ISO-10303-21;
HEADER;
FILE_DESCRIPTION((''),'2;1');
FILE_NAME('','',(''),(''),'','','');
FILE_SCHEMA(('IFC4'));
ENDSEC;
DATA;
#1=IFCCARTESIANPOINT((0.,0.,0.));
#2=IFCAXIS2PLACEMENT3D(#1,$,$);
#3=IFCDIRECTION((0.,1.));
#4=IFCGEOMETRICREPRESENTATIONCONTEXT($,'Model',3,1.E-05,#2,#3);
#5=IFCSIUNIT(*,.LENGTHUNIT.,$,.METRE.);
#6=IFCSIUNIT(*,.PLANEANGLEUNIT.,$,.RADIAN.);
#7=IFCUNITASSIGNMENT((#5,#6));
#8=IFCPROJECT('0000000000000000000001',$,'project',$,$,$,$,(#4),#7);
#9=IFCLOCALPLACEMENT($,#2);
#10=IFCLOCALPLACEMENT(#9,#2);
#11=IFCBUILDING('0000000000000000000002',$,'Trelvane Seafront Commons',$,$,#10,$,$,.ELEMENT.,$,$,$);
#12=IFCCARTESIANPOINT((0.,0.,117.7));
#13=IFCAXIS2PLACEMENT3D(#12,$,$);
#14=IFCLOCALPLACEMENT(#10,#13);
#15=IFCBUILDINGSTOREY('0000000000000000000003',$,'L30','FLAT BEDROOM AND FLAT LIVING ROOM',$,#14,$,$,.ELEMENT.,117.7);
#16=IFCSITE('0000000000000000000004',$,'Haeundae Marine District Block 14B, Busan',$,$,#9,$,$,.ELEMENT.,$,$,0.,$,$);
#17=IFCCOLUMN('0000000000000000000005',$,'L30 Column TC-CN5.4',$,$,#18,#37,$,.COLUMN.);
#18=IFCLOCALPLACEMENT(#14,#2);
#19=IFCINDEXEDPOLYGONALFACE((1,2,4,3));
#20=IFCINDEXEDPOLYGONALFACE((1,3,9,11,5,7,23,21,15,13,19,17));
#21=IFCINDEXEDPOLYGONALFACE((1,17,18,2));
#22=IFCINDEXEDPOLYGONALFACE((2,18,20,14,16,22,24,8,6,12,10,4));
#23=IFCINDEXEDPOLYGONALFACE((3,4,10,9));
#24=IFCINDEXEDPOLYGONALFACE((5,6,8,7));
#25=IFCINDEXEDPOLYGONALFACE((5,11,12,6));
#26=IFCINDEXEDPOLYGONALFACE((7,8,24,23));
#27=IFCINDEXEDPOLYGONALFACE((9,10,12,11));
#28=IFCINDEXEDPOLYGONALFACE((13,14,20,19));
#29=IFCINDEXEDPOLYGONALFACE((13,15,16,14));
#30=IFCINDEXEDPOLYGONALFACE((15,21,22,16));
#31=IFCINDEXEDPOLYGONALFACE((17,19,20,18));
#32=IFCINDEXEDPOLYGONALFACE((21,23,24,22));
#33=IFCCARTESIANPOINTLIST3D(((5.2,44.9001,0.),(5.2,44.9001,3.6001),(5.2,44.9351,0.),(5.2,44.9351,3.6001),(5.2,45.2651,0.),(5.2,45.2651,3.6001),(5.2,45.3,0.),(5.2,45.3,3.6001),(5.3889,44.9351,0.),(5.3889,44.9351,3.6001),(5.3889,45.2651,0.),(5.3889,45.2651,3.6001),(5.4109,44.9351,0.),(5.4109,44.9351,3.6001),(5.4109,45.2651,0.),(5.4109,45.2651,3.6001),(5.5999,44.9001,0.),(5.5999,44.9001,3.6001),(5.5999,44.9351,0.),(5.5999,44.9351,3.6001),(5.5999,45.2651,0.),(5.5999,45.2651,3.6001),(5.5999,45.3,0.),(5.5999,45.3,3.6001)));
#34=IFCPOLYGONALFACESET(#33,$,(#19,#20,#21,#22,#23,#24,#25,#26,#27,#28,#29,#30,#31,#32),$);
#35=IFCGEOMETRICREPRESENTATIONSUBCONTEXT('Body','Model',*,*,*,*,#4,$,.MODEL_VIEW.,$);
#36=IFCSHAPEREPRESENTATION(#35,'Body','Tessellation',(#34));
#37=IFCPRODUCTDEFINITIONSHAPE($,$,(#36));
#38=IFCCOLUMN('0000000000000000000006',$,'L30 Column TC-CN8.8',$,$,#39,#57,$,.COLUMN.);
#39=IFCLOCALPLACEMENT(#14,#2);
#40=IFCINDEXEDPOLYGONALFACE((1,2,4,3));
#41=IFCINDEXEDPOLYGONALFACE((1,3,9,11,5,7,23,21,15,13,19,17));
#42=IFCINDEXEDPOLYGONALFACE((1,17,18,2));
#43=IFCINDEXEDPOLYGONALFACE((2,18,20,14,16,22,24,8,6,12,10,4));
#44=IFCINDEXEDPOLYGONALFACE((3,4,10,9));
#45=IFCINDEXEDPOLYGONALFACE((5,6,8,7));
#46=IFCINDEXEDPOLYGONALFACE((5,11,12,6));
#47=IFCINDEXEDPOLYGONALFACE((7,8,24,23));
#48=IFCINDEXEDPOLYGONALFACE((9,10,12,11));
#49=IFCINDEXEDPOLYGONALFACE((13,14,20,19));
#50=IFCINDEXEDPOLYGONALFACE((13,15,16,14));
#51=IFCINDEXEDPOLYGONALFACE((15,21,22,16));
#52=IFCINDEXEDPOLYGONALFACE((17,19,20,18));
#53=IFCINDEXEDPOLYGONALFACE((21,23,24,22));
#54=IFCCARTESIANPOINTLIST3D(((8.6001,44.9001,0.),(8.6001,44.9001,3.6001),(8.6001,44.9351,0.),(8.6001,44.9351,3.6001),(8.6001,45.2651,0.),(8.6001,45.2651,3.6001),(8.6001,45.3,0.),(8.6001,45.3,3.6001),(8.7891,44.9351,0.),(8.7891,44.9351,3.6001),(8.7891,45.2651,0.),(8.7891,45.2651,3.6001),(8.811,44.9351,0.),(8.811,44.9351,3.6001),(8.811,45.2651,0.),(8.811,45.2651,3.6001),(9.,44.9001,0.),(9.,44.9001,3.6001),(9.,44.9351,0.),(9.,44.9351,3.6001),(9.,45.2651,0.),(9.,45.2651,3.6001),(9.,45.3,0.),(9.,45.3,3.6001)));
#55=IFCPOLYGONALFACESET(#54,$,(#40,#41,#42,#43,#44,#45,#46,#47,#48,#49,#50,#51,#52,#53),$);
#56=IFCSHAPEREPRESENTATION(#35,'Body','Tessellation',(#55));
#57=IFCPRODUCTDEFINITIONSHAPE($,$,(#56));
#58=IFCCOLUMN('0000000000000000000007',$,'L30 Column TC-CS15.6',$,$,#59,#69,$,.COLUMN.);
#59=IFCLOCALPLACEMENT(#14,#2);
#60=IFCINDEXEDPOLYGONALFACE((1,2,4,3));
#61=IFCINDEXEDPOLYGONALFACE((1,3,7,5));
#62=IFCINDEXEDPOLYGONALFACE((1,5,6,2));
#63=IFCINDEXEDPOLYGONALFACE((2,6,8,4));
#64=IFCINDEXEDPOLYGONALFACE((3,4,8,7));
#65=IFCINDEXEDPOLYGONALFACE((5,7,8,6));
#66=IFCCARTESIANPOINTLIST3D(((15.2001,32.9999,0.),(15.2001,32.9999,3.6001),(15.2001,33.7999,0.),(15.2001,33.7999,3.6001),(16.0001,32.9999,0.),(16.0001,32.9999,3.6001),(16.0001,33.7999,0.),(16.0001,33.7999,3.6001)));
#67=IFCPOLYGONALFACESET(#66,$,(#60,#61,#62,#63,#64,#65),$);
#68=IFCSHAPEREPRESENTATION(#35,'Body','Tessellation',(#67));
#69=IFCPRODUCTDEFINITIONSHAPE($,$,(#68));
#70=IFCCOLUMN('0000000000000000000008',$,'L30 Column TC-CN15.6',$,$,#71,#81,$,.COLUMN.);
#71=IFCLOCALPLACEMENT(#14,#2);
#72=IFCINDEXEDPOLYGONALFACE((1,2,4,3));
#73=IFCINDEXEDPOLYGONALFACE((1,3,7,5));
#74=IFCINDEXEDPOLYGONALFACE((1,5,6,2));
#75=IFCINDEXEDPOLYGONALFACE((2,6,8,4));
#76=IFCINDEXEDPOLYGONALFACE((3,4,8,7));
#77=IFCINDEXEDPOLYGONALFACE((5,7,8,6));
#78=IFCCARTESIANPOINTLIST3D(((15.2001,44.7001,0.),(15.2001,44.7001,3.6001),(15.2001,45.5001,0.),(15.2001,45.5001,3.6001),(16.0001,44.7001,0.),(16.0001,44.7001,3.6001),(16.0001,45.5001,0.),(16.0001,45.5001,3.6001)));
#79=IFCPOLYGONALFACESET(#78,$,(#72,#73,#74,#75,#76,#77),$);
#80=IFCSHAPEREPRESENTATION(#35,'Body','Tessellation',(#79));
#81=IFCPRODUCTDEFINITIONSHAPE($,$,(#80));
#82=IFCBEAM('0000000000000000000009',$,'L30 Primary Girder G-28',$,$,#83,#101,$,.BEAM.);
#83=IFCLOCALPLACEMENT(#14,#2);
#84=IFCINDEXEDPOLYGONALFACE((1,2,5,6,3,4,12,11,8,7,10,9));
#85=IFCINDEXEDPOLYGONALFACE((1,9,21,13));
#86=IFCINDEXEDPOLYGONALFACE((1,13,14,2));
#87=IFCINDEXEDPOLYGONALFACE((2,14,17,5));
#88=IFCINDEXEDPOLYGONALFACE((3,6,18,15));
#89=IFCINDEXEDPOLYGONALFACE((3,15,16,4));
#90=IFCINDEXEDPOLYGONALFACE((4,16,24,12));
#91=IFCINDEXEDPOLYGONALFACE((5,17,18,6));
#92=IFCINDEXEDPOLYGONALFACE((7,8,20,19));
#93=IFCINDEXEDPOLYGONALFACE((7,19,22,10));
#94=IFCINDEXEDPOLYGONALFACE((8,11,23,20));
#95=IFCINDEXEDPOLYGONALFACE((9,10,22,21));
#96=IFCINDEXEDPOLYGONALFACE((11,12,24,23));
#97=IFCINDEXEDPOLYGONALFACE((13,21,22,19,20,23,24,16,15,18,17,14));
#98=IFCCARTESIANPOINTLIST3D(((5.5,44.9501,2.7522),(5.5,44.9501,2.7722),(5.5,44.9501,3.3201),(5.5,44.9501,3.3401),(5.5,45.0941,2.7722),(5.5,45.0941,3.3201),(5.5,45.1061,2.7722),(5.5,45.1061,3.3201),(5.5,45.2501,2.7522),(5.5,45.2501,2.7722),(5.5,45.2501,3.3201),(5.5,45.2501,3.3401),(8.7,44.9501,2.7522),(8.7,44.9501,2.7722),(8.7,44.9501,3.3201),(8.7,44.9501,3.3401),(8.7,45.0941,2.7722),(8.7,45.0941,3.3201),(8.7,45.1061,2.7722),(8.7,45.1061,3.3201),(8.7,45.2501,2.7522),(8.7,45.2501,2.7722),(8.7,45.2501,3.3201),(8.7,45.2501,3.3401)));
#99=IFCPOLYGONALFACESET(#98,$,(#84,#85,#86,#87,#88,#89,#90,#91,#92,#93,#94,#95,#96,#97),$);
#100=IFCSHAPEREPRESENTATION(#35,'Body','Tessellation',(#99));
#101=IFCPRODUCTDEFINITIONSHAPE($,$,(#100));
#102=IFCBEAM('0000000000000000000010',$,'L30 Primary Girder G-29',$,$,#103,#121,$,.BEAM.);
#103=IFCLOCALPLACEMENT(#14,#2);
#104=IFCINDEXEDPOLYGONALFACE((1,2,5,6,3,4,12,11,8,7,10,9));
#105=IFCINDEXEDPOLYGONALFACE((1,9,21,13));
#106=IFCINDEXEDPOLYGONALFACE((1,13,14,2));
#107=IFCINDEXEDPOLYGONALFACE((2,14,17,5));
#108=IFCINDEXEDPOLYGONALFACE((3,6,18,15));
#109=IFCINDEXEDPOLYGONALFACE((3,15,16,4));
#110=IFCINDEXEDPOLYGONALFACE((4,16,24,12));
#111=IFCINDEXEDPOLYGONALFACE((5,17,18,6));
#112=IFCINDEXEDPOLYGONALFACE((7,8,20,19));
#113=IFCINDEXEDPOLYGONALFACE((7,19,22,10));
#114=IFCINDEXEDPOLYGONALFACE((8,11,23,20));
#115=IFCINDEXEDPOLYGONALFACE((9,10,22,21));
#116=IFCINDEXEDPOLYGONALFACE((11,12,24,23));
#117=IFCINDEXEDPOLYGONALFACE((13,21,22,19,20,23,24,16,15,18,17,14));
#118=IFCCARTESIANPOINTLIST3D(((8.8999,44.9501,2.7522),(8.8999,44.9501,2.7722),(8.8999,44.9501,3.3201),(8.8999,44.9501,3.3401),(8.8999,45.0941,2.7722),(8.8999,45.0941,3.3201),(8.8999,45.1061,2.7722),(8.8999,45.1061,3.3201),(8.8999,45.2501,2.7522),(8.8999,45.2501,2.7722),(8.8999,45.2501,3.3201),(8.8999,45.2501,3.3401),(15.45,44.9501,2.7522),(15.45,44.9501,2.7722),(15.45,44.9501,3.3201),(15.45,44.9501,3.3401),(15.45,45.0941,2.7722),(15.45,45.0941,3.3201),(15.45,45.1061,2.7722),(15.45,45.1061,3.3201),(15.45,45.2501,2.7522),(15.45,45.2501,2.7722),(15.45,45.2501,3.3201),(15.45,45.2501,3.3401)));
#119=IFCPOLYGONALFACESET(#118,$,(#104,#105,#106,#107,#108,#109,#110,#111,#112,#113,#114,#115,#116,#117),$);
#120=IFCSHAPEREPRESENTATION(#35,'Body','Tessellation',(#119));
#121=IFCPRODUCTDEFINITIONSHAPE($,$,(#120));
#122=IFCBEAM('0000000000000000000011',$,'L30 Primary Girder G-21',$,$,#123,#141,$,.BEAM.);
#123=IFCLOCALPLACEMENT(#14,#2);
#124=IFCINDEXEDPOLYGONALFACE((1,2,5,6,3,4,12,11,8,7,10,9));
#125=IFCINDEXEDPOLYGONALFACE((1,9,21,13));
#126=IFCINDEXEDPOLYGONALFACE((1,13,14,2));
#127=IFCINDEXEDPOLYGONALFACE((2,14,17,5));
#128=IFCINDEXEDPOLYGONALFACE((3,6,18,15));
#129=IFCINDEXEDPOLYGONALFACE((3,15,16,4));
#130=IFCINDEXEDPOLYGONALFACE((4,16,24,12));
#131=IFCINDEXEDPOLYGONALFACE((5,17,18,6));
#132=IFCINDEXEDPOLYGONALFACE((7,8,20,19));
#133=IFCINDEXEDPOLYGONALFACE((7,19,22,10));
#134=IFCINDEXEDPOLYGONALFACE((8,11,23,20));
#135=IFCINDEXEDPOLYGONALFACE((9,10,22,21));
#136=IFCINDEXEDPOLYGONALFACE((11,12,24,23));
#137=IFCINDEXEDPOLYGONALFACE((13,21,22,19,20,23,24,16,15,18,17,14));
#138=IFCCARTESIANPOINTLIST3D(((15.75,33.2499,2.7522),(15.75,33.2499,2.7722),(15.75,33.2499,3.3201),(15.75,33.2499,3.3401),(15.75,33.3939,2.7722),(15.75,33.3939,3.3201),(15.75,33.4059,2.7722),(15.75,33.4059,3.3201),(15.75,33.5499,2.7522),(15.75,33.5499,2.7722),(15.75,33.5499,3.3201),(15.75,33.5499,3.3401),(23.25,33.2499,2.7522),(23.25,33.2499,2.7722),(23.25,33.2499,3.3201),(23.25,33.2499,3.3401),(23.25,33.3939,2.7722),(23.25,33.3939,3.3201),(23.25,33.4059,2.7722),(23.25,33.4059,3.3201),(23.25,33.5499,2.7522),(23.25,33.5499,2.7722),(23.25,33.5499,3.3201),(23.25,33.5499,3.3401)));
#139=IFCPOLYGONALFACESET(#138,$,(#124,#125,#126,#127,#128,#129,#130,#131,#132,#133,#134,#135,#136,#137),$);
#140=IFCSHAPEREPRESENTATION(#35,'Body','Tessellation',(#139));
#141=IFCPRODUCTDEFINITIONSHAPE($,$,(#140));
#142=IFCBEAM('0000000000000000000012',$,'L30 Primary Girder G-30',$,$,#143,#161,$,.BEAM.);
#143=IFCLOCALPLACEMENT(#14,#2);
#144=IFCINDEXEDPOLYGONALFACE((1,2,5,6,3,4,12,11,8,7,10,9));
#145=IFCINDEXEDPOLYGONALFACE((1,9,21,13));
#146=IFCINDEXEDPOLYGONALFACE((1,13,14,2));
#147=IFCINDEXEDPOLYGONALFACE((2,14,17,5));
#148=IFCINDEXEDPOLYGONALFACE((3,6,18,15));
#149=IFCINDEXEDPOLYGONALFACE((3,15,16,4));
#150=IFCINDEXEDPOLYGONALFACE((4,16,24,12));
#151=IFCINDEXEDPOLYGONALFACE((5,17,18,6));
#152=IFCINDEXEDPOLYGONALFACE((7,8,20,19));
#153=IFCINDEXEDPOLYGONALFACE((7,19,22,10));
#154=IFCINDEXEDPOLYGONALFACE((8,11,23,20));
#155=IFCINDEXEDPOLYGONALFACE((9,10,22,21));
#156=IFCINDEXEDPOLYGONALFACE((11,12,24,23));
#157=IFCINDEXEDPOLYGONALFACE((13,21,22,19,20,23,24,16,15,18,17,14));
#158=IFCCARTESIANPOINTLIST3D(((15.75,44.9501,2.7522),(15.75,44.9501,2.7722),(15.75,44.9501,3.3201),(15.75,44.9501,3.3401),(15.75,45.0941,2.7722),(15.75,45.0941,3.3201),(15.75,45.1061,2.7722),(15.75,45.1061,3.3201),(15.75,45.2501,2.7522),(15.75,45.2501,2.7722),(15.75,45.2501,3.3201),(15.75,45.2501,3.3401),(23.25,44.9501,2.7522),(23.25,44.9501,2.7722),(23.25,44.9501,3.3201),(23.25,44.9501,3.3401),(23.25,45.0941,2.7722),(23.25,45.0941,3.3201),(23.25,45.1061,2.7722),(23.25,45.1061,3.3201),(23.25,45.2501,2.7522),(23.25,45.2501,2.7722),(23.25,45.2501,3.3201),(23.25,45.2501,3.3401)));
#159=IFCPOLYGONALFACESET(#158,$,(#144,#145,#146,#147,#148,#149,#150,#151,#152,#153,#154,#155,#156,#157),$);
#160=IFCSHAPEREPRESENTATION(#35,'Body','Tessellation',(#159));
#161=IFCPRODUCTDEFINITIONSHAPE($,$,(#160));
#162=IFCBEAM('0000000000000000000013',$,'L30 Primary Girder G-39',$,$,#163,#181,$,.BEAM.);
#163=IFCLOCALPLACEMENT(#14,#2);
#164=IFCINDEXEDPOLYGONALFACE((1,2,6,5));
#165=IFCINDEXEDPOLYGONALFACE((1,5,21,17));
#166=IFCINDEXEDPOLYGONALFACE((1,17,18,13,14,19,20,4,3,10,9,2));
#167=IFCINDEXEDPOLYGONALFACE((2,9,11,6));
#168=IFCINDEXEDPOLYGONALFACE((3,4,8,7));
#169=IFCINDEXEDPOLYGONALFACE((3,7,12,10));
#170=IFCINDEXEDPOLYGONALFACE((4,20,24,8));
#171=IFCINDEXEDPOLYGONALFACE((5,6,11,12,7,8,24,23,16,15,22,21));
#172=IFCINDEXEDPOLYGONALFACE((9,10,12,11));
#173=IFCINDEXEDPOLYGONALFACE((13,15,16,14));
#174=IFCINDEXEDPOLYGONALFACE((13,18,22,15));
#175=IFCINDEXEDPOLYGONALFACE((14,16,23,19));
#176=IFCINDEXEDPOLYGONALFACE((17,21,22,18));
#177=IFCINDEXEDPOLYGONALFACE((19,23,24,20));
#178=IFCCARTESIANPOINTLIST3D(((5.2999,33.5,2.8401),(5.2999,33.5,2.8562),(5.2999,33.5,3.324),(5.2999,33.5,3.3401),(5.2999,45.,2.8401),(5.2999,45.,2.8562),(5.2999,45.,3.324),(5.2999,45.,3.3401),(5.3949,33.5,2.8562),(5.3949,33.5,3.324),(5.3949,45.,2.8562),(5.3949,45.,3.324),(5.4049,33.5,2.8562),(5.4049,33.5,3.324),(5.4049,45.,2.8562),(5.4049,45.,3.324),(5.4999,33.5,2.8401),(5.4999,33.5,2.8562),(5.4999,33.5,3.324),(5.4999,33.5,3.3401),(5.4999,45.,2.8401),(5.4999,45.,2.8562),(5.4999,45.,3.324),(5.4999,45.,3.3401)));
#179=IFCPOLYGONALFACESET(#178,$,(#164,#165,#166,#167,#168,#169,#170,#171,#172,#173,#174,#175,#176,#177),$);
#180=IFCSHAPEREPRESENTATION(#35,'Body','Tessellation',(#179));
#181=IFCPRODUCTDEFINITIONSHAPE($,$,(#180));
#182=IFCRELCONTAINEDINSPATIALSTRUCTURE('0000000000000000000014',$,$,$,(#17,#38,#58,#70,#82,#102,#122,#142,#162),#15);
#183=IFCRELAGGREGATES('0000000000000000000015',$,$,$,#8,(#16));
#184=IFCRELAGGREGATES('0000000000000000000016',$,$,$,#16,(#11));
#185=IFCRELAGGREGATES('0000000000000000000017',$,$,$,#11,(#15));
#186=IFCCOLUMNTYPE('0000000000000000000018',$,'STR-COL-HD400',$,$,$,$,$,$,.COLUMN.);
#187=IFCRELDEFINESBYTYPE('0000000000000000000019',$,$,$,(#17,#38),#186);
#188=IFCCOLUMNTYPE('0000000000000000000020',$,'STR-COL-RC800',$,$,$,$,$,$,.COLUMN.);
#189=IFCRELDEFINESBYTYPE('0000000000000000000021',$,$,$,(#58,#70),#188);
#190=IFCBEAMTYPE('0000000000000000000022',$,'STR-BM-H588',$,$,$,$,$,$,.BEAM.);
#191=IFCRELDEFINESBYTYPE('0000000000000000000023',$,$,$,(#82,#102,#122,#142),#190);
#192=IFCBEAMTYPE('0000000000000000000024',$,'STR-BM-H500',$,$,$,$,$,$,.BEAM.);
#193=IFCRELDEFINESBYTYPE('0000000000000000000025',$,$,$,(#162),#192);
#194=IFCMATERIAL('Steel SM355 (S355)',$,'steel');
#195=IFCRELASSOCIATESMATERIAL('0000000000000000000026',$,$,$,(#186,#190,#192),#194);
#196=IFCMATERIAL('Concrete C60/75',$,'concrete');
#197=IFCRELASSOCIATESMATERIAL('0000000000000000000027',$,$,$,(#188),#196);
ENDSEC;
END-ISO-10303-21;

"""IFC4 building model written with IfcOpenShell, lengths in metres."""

from ifc_helpers import new_model, si_unit, direction, frame, origin, origin_2d, place, context, subcontext, project, spatial, rectangle, i_section, extrude, source, transform, mapped, material, material_profile, profile_set, type_object, element, save


model = new_model("IFC4")

# Units and contexts
model_context = context("Model", 3, precision=1e-05, world=origin(), true_north=direction((0.0, 1.0)))
body_context = subcontext(model_context, "Body", "Model", "MODEL_VIEW")
ifc_project = project(units=[si_unit("LENGTHUNIT", "METRE"), si_unit("PLANEANGLEUNIT", "RADIAN")], contexts=[model_context])

# Site, building, storey
site_placement = place(None, origin())
site = spatial("IfcSite", under=ifc_project, at=site_placement, Name="Haeundae Marine District Block 14B, Busan", CompositionType="ELEMENT", RefElevation=0.0)
building_placement = place(site_placement, origin())
building = spatial("IfcBuilding", under=site, at=building_placement, Name="Trelvane Seafront Commons", CompositionType="ELEMENT")
storey_placement = place(building_placement, frame((0.0, 0.0, 117.7)))
storey = spatial("IfcBuildingStorey", under=building, at=storey_placement, Name="L30", Description="FLAT BEDROOM AND FLAT LIVING ROOM", CompositionType="ELEMENT", Elevation=117.7)

# Columns
ifc_material_1 = material(Name="Steel SM355 (S355)", Category="steel")
ifc_material_profile_1 = material_profile(ifc_material_1, i_section(OverallWidth=0.3999, OverallDepth=0.3999, WebThickness=0.022, FlangeThickness=0.0349, at=origin_2d()), Name="HD-400x400x22x35")
ifc_profile_set_1 = profile_set([ifc_material_profile_1], Name="Steel SM355 (S355)")
column_type_1 = type_object("IfcColumnType", Name="STR-COL-HD400", PredefinedType="COLUMN", material=ifc_profile_set_1)
shared_shape_1 = source(origin(), body_context, "Body", "SweptSolid", [
    extrude(i_section(OverallWidth=0.3999, OverallDepth=0.3999, WebThickness=0.022, FlangeThickness=0.0349, at=origin_2d()), origin(), (0.0, 0.0, 1.0), 3.6001),
])
for number, where, z_axis, x_axis, name in (
    (1, (5.3999, 45.1001, 0.0), (0.0, 0.0, 1.0), (1.0, 0.0, 0.0), "L30 Column TC-CN5.4"),
    (2, (8.8, 45.1001, 0.0), (0.0, 0.0, 1.0), (1.0, 0.0, 0.0), "L30 Column TC-CN8.8"),
):
    element("IfcColumn", number, at=place(storey_placement, frame(where, z_axis=z_axis, x_axis=x_axis)), inside=storey, type_object=column_type_1, Name=name, PredefinedType="COLUMN", context=body_context, shape_type="MappedRepresentation", body=[
        mapped(shared_shape_1, transform((0.0, 0.0, 0.0), x_axis=(1.0, 0.0, 0.0), y_axis=(0.0, 1.0, 0.0), z_axis=(0.0, 0.0, 1.0), scale=1.0)),
    ])
ifc_material_2 = material(Name="Concrete C60/75", Category="concrete")
ifc_material_profile_2 = material_profile(ifc_material_2, rectangle(XDim=0.8, YDim=0.8, at=origin_2d()), Name="RC-800x800")
ifc_profile_set_2 = profile_set([ifc_material_profile_2], Name="Concrete C60/75")
column_type_2 = type_object("IfcColumnType", Name="STR-COL-RC800", PredefinedType="COLUMN", material=ifc_profile_set_2)
shared_shape_2 = source(origin(), body_context, "Body", "SweptSolid", [
    extrude(rectangle(XDim=0.8, YDim=0.8, at=origin_2d()), origin(), (0.0, 0.0, 1.0), 3.6001),
])
for number, where, z_axis, x_axis, name in (
    (3, (15.6001, 33.3999, 0.0), (0.0, 0.0, 1.0), (1.0, 0.0, 0.0), "L30 Column TC-CS15.6"),
    (4, (15.6001, 45.1001, 0.0), (0.0, 0.0, 1.0), (1.0, 0.0, 0.0), "L30 Column TC-CN15.6"),
):
    element("IfcColumn", number, at=place(storey_placement, frame(where, z_axis=z_axis, x_axis=x_axis)), inside=storey, type_object=column_type_2, Name=name, PredefinedType="COLUMN", context=body_context, shape_type="MappedRepresentation", body=[
        mapped(shared_shape_2, transform((0.0, 0.0, 0.0), x_axis=(1.0, 0.0, 0.0), y_axis=(0.0, 1.0, 0.0), z_axis=(0.0, 0.0, 1.0), scale=1.0)),
    ])

# Beams
ifc_material_profile_3 = material_profile(ifc_material_1, i_section(OverallWidth=0.3, OverallDepth=0.5879, WebThickness=0.012, FlangeThickness=0.02, at=origin_2d()), Name="H-588x300x12x20")
ifc_profile_set_3 = profile_set([ifc_material_profile_3], Name="Steel SM355 (S355)")
beam_type_1 = type_object("IfcBeamType", Name="STR-BM-H588", PredefinedType="BEAM", material=ifc_profile_set_3)
shared_shape_3 = source(origin(), body_context, "Body", "SweptSolid", [
    extrude(i_section(OverallWidth=0.3, OverallDepth=0.5879, WebThickness=0.012, FlangeThickness=0.02, at=origin_2d()), origin(), (0.0, 0.0, 1.0), 3.2),
])
beam_1_placement = place(storey_placement, frame((5.5, 45.1001, 3.0461), z_axis=(1.0, 0.0, 0.0), x_axis=(0.0, 1.0, 0.0)))
element("IfcBeam", 5, at=beam_1_placement, inside=storey, type_object=beam_type_1, Name="L30 Primary Girder G-28", PredefinedType="BEAM", context=body_context, shape_type="MappedRepresentation", body=[
    mapped(shared_shape_3, transform((0.0, 0.0, 0.0), x_axis=(1.0, 0.0, 0.0), y_axis=(0.0, 1.0, 0.0), z_axis=(0.0, 0.0, 1.0), scale=1.0)),
])
shared_shape_4 = source(origin(), body_context, "Body", "SweptSolid", [
    extrude(i_section(OverallWidth=0.3, OverallDepth=0.5879, WebThickness=0.012, FlangeThickness=0.02, at=origin_2d()), origin(), (0.0, 0.0, 1.0), 6.55),
])
beam_2_placement = place(storey_placement, frame((8.8999, 45.1001, 3.0461), z_axis=(1.0, 0.0, 0.0), x_axis=(0.0, 1.0, 0.0)))
element("IfcBeam", 6, at=beam_2_placement, inside=storey, type_object=beam_type_1, Name="L30 Primary Girder G-29", PredefinedType="BEAM", context=body_context, shape_type="MappedRepresentation", body=[
    mapped(shared_shape_4, transform((0.0, 0.0, 0.0), x_axis=(1.0, 0.0, 0.0), y_axis=(0.0, 1.0, 0.0), z_axis=(0.0, 0.0, 1.0), scale=1.0)),
])
shared_shape_5 = source(origin(), body_context, "Body", "SweptSolid", [
    extrude(i_section(OverallWidth=0.3, OverallDepth=0.5879, WebThickness=0.012, FlangeThickness=0.02, at=origin_2d()), origin(), (0.0, 0.0, 1.0), 7.5),
])
for number, where, z_axis, x_axis, name in (
    (7, (15.75, 33.3999, 3.0461), (1.0, 0.0, 0.0), (0.0, 1.0, 0.0), "L30 Primary Girder G-21"),
    (8, (15.75, 45.1001, 3.0461), (1.0, 0.0, 0.0), (0.0, 1.0, 0.0), "L30 Primary Girder G-30"),
):
    element("IfcBeam", number, at=place(storey_placement, frame(where, z_axis=z_axis, x_axis=x_axis)), inside=storey, type_object=beam_type_1, Name=name, PredefinedType="BEAM", context=body_context, shape_type="MappedRepresentation", body=[
        mapped(shared_shape_5, transform((0.0, 0.0, 0.0), x_axis=(1.0, 0.0, 0.0), y_axis=(0.0, 1.0, 0.0), z_axis=(0.0, 0.0, 1.0), scale=1.0)),
    ])
ifc_material_profile_4 = material_profile(ifc_material_1, i_section(OverallWidth=0.2, OverallDepth=0.5, WebThickness=0.01, FlangeThickness=0.0161, at=origin_2d()), Name="H-500x200x10x16")
ifc_profile_set_4 = profile_set([ifc_material_profile_4], Name="Steel SM355 (S355)")
beam_type_2 = type_object("IfcBeamType", Name="STR-BM-H500", PredefinedType="BEAM", material=ifc_profile_set_4)
shared_shape_6 = source(origin(), body_context, "Body", "SweptSolid", [
    extrude(i_section(OverallWidth=0.2, OverallDepth=0.5, WebThickness=0.01, FlangeThickness=0.0161, at=origin_2d()), origin(), (0.0, 0.0, 1.0), 11.5),
])
for number, where, z_axis, x_axis, name in (
    (9, (5.3999, 33.5, 3.0901), (0.0, 1.0, 0.0), (-1.0, 0.0, 0.0), "L30 Primary Girder G-39"),
):
    element("IfcBeam", number, at=place(storey_placement, frame(where, z_axis=z_axis, x_axis=x_axis)), inside=storey, type_object=beam_type_2, Name=name, PredefinedType="BEAM", context=body_context, shape_type="MappedRepresentation", body=[
        mapped(shared_shape_6, transform((0.0, 0.0, 0.0), x_axis=(1.0, 0.0, 0.0), y_axis=(0.0, 1.0, 0.0), z_axis=(0.0, 0.0, 1.0), scale=1.0)),
    ])

save(model, "model.ifc")
